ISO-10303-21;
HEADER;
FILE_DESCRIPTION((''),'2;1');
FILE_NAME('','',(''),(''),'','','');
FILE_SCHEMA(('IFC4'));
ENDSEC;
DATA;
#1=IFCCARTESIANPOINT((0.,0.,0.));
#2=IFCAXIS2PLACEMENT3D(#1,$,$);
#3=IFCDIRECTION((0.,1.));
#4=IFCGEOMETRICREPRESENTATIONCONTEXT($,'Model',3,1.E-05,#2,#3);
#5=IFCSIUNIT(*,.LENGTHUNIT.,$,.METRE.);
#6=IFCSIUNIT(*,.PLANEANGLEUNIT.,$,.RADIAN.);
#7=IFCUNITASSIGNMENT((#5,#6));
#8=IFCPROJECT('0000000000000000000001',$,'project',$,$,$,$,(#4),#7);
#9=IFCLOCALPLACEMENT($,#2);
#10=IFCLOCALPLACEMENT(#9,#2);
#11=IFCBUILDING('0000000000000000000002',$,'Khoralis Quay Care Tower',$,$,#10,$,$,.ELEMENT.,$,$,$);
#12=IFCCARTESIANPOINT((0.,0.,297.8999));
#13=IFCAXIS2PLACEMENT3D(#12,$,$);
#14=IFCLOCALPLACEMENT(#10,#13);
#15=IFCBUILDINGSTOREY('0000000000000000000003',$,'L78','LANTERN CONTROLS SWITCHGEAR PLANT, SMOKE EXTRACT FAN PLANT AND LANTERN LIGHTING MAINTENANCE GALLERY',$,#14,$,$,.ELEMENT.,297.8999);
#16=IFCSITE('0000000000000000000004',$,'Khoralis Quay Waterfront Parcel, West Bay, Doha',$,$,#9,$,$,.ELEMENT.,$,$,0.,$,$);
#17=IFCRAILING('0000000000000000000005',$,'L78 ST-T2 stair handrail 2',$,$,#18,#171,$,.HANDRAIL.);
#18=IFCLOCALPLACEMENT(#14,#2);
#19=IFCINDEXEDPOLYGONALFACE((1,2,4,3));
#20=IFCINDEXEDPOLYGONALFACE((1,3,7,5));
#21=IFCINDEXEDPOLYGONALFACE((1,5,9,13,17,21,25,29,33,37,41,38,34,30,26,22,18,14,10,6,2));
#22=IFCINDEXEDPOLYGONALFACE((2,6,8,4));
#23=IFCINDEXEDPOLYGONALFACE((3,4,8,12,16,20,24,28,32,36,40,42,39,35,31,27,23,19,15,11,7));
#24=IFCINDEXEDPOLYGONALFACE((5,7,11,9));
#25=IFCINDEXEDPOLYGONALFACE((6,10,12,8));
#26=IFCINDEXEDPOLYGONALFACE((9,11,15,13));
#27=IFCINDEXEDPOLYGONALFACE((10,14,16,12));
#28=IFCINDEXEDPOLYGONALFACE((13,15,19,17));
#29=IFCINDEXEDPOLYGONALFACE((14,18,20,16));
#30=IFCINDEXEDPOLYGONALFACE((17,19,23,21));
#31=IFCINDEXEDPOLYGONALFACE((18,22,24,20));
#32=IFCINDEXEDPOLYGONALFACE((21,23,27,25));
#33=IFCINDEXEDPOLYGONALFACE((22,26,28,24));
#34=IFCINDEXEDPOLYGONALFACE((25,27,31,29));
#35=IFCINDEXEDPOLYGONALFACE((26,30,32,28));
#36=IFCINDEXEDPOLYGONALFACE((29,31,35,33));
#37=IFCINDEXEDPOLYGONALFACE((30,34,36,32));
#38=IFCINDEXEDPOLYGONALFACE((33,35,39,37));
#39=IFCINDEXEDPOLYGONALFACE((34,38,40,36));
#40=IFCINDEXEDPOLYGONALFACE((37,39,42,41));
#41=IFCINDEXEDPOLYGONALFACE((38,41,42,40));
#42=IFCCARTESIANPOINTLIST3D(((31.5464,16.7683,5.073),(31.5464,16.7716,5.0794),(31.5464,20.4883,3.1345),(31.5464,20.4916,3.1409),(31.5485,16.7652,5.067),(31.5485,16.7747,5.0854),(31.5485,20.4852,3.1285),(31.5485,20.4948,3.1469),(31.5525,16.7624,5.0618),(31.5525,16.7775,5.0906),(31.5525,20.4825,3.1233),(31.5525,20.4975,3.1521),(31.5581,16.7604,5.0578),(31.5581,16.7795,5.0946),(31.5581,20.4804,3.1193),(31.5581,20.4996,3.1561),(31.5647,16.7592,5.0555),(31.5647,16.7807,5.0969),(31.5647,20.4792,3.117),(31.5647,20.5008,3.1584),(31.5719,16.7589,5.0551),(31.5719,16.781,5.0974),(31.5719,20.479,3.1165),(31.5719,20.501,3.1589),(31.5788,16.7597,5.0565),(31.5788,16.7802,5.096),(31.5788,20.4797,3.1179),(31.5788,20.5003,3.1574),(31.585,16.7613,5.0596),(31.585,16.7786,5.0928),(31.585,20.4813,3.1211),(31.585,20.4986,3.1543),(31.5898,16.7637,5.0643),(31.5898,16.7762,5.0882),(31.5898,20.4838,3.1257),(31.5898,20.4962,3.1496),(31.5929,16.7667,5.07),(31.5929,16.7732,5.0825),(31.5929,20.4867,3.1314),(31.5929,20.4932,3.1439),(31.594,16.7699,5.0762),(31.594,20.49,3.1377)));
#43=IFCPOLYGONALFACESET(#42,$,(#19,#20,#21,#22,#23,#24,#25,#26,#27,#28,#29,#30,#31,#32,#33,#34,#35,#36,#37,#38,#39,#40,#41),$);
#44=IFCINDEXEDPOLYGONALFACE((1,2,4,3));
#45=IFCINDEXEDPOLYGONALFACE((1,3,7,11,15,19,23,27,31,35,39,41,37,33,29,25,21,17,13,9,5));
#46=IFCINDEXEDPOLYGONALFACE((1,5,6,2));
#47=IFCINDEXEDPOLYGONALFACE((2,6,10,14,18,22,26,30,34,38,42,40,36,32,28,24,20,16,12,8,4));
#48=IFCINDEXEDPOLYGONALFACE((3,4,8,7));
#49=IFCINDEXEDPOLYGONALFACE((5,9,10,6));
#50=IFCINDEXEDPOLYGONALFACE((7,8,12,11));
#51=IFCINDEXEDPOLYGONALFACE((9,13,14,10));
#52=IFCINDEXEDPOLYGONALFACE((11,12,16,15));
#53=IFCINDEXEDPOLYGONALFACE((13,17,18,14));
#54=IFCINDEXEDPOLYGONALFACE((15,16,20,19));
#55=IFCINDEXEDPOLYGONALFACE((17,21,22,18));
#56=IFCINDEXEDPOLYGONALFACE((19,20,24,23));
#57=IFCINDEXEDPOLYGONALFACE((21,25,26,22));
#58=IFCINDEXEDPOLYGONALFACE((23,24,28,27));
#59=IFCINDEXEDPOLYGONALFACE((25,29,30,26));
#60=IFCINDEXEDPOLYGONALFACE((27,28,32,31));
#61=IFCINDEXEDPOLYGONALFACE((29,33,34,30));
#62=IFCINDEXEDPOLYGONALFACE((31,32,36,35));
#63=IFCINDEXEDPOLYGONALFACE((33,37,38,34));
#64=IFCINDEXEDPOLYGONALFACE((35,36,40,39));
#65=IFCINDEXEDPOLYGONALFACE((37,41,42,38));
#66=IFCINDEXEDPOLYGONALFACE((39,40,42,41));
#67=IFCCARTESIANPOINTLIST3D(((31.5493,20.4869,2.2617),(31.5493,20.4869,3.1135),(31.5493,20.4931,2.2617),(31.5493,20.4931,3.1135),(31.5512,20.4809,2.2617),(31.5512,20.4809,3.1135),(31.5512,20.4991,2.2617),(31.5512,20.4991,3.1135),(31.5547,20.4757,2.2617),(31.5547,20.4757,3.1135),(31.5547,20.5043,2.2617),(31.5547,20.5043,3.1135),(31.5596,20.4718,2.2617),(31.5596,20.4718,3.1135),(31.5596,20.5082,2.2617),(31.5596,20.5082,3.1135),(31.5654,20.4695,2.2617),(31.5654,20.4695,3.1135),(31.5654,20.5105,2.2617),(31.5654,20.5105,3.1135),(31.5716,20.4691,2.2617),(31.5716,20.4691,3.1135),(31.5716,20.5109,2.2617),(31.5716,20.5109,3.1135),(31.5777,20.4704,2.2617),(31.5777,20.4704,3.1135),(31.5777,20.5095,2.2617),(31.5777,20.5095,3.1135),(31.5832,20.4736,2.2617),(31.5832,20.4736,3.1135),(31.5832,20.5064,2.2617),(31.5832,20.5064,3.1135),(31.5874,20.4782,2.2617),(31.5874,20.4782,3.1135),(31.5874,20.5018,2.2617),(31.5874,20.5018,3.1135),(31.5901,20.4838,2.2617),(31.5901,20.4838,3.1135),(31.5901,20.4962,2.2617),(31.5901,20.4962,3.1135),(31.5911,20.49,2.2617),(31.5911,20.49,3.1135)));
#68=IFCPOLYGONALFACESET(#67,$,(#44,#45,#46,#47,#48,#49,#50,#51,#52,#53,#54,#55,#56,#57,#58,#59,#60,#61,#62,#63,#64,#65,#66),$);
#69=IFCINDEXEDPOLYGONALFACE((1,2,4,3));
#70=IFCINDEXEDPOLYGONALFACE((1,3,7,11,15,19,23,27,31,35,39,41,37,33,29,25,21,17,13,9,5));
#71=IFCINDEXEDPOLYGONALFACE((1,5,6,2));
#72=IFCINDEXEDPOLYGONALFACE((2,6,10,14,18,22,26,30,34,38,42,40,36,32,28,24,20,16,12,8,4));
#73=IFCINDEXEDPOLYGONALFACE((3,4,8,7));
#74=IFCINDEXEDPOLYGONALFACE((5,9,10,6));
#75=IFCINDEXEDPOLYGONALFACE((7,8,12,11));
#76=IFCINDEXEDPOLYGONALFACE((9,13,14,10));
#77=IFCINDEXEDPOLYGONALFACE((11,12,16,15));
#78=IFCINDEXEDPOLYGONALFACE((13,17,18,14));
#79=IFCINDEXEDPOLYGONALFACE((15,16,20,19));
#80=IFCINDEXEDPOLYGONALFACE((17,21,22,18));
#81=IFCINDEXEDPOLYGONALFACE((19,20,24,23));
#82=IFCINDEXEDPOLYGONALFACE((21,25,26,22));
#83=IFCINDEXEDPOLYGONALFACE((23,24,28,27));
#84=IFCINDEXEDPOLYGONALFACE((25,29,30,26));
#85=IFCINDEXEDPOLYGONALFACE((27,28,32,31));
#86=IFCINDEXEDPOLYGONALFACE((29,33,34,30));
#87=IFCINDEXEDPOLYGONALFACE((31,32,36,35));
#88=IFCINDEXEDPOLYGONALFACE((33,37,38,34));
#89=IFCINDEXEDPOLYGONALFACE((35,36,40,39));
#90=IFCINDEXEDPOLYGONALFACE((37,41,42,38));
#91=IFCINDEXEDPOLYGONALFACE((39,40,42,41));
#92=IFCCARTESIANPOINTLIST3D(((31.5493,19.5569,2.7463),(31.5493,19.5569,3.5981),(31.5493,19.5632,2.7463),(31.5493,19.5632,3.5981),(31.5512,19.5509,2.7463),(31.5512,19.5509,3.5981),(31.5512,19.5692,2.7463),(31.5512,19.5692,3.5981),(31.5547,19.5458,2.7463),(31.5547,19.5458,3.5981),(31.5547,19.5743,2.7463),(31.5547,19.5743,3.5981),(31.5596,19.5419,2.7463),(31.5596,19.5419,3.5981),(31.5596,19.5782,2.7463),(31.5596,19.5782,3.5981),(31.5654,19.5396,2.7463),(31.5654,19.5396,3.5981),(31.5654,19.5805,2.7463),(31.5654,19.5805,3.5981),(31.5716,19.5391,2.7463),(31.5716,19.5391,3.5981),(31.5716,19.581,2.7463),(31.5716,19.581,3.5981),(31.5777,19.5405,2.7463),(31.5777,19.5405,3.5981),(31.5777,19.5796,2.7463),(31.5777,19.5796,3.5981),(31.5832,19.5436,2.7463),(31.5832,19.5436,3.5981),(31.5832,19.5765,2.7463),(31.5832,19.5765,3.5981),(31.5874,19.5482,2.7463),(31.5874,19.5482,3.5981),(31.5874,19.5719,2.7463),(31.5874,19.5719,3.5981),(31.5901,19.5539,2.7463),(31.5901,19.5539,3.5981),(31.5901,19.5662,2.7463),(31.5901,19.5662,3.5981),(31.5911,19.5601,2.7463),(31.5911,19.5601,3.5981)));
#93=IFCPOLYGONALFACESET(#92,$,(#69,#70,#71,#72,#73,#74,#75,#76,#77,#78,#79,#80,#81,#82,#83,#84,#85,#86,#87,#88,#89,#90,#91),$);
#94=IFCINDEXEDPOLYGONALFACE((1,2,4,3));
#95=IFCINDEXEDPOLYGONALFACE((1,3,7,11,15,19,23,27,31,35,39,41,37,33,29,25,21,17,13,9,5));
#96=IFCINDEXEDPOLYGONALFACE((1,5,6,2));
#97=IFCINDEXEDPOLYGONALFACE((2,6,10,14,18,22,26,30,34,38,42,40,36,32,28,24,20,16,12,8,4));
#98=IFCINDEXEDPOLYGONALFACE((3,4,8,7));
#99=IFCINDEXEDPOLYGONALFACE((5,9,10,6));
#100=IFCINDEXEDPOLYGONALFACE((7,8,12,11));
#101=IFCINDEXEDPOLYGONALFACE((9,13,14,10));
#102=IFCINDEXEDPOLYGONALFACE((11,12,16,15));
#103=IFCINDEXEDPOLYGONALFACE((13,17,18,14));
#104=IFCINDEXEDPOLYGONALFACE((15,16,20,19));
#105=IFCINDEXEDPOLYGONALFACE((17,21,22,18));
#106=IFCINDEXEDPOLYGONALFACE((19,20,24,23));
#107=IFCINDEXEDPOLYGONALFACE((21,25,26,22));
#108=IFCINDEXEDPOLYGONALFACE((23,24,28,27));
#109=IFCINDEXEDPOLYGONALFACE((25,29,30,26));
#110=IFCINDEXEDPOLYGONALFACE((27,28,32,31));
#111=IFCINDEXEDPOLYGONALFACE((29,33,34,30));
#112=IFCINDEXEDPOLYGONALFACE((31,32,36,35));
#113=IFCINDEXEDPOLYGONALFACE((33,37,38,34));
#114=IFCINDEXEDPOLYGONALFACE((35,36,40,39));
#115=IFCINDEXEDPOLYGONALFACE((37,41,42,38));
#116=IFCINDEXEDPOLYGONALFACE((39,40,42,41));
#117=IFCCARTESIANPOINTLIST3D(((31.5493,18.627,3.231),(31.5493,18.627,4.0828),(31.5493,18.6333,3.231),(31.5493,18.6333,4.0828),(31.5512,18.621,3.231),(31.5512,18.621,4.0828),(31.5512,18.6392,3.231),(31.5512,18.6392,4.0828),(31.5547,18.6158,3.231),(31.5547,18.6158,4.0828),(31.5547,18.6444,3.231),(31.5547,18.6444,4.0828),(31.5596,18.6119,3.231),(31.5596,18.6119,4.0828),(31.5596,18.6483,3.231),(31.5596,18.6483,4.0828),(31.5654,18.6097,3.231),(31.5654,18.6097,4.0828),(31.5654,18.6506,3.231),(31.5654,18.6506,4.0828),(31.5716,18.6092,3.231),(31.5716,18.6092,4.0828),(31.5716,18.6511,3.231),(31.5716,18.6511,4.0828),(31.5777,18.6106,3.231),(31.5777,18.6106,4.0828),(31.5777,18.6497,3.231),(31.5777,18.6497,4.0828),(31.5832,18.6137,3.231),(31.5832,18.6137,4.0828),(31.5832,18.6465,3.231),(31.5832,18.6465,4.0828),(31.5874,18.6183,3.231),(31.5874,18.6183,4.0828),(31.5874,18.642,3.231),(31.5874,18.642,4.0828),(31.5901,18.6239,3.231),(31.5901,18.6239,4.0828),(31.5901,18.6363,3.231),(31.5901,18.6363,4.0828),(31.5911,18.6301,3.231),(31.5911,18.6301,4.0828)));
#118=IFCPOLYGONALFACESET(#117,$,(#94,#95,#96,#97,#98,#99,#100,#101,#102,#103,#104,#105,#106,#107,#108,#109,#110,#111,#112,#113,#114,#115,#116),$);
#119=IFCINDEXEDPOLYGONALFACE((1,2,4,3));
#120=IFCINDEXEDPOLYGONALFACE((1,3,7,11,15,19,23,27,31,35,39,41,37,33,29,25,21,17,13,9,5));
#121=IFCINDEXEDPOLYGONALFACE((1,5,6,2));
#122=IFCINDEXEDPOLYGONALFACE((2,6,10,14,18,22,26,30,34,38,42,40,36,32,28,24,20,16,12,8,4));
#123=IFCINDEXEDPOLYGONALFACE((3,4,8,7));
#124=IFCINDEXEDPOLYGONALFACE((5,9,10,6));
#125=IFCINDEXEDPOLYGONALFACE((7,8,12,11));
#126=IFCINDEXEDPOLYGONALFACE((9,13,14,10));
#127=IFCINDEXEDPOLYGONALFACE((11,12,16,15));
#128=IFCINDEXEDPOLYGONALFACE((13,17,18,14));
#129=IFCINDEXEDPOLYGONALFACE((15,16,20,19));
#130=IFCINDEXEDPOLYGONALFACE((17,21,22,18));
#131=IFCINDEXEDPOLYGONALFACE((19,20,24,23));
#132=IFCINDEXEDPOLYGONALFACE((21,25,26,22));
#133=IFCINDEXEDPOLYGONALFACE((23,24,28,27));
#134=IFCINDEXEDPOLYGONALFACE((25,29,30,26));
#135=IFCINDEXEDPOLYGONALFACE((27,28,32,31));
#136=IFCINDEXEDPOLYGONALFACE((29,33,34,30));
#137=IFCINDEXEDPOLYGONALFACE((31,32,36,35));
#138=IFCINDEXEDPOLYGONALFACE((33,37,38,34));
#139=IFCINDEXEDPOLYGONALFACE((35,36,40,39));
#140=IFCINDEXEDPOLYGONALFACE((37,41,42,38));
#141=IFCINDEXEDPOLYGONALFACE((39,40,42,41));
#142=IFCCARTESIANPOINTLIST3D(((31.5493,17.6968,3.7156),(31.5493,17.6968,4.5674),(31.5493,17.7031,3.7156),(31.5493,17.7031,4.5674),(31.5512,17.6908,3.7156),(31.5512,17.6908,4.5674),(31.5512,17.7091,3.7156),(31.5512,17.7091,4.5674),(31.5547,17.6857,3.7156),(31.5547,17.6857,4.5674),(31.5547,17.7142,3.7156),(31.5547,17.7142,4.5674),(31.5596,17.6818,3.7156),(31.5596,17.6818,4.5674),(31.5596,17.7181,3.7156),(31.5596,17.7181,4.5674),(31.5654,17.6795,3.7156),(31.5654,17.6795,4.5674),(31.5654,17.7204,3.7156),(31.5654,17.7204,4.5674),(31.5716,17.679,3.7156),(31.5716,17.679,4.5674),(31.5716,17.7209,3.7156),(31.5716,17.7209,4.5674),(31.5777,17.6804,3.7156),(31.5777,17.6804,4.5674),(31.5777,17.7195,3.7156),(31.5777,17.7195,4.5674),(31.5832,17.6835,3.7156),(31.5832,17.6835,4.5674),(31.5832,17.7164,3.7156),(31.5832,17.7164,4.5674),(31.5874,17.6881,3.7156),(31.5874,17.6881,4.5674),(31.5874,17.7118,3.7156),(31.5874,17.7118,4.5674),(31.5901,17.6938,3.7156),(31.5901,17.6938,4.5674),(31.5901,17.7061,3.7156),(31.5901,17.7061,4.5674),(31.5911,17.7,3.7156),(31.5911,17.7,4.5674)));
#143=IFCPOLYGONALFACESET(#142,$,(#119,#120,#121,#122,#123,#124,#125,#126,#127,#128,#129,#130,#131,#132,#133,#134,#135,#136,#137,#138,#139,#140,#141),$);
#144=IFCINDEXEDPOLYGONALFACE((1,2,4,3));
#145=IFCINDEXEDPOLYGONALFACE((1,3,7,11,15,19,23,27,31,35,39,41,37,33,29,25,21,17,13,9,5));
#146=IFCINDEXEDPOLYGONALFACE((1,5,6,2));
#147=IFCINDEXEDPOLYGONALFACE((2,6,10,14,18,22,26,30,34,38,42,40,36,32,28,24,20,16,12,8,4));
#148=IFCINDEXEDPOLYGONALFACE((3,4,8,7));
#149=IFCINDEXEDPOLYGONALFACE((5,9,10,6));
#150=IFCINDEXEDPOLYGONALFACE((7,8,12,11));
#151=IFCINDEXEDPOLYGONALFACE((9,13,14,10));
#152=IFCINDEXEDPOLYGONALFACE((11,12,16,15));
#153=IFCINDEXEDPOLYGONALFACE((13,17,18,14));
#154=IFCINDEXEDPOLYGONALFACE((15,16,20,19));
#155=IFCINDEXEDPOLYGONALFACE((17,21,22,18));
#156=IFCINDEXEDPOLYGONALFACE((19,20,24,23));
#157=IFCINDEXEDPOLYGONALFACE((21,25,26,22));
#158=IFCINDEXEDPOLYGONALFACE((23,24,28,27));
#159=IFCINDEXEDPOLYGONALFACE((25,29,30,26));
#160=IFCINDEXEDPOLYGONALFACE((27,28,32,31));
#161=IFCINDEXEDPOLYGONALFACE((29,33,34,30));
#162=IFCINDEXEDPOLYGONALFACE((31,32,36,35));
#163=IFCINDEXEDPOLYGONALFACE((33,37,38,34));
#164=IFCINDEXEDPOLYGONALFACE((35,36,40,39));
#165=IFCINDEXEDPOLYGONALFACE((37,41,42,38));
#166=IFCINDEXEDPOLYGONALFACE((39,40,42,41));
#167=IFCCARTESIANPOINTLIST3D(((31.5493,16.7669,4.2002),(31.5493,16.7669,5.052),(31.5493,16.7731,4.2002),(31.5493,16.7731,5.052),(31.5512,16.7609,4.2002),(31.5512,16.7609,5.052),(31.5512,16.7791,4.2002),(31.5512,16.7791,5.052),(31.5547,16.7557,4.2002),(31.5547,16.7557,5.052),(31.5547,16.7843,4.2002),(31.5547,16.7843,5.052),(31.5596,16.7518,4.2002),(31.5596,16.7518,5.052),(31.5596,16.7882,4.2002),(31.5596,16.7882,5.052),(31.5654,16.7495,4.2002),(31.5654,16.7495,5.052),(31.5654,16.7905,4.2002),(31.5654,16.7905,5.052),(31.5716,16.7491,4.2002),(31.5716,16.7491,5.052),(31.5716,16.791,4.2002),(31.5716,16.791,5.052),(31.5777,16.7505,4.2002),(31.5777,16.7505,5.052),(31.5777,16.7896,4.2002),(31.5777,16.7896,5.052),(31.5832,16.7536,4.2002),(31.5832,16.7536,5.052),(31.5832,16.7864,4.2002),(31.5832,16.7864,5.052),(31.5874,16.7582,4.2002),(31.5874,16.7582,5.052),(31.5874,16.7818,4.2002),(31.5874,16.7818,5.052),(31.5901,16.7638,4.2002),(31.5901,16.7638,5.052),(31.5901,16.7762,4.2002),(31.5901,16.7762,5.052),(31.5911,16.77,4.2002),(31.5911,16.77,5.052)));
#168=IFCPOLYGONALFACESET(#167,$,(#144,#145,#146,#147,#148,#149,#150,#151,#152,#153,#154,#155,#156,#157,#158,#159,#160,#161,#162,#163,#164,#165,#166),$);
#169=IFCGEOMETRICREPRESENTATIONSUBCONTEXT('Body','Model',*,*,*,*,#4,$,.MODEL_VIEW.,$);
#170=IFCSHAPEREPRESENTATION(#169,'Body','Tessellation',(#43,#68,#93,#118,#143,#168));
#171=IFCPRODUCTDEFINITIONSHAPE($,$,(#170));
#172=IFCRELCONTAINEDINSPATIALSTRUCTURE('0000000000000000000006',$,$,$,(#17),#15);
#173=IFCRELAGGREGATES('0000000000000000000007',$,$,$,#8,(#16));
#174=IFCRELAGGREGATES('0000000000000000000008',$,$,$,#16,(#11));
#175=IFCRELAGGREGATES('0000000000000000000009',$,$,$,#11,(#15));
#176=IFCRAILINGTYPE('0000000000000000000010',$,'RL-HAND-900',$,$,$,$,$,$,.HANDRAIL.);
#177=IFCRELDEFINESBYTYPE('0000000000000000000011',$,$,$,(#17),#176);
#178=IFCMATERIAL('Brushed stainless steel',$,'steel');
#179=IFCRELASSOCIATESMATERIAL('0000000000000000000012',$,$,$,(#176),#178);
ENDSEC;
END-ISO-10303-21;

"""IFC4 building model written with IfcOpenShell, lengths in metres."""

from ifc_helpers import new_model, si_unit, direction, frame, origin, origin_2d, place, context, subcontext, project, spatial, circle, extrude, material, type_object, element, save


model = new_model("IFC4")

# Units and contexts
model_context = context("Model", 3, precision=1e-05, world=origin(), true_north=direction((0.0, 1.0)))
body_context = subcontext(model_context, "Body", "Model", "MODEL_VIEW")
ifc_project = project(units=[si_unit("LENGTHUNIT", "METRE"), si_unit("PLANEANGLEUNIT", "RADIAN")], contexts=[model_context])

# Site, building, storey
site_placement = place(None, origin())
site = spatial("IfcSite", under=ifc_project, at=site_placement, Name="Khoralis Quay Waterfront Parcel, West Bay, Doha", CompositionType="ELEMENT", RefElevation=0.0)
building_placement = place(site_placement, origin())
building = spatial("IfcBuilding", under=site, at=building_placement, Name="Khoralis Quay Care Tower", CompositionType="ELEMENT")
storey_placement = place(building_placement, frame((0.0, 0.0, 297.8999)))
storey = spatial("IfcBuildingStorey", under=building, at=storey_placement, Name="L78", Description="LANTERN CONTROLS SWITCHGEAR PLANT, SMOKE EXTRACT FAN PLANT AND LANTERN LIGHTING MAINTENANCE GALLERY", CompositionType="ELEMENT", Elevation=297.8999)

# Railing
ifc_material_1 = material(Name="Brushed stainless steel", Category="steel")
railing_type_1 = type_object("IfcRailingType", Name="RL-HAND-900", PredefinedType="HANDRAIL", material=ifc_material_1)
railing_1_placement = place(storey_placement, frame((31.5701, 20.49, 2.2617)))
element("IfcRailing", 1, at=railing_1_placement, inside=storey, type_object=railing_type_1, Name="L78 ST-T2 stair handrail 2", PredefinedType="HANDRAIL", context=body_context, shape_type="SweptSolid", body=[
    extrude(circle(Radius=0.0239, at=origin_2d()), frame((0.0, 0.0, 0.876), z_axis=(0.0, -0.886817, 0.46212), x_axis=(1.0, 0.0, 0.0)), (0.0, 0.0, 1.0), 4.1948),
    extrude(circle(Radius=0.021, at=origin_2d()), origin(), (0.0, 0.0, 1.0), 0.8518),
    extrude(circle(Radius=0.021, at=origin_2d()), frame((0.0, -0.9299, 0.4846)), (0.0, 0.0, 1.0), 0.8518),
    extrude(circle(Radius=0.021, at=origin_2d()), frame((0.0, -1.8599, 0.9692)), (0.0, 0.0, 1.0), 0.8518),
    extrude(circle(Radius=0.021, at=origin_2d()), frame((0.0, -2.79, 1.4539)), (0.0, 0.0, 1.0), 0.8518),
    extrude(circle(Radius=0.021, at=origin_2d()), frame((0.0, -3.72, 1.9385)), (0.0, 0.0, 1.0), 0.8518),
])

save(model, "model.ifc")
